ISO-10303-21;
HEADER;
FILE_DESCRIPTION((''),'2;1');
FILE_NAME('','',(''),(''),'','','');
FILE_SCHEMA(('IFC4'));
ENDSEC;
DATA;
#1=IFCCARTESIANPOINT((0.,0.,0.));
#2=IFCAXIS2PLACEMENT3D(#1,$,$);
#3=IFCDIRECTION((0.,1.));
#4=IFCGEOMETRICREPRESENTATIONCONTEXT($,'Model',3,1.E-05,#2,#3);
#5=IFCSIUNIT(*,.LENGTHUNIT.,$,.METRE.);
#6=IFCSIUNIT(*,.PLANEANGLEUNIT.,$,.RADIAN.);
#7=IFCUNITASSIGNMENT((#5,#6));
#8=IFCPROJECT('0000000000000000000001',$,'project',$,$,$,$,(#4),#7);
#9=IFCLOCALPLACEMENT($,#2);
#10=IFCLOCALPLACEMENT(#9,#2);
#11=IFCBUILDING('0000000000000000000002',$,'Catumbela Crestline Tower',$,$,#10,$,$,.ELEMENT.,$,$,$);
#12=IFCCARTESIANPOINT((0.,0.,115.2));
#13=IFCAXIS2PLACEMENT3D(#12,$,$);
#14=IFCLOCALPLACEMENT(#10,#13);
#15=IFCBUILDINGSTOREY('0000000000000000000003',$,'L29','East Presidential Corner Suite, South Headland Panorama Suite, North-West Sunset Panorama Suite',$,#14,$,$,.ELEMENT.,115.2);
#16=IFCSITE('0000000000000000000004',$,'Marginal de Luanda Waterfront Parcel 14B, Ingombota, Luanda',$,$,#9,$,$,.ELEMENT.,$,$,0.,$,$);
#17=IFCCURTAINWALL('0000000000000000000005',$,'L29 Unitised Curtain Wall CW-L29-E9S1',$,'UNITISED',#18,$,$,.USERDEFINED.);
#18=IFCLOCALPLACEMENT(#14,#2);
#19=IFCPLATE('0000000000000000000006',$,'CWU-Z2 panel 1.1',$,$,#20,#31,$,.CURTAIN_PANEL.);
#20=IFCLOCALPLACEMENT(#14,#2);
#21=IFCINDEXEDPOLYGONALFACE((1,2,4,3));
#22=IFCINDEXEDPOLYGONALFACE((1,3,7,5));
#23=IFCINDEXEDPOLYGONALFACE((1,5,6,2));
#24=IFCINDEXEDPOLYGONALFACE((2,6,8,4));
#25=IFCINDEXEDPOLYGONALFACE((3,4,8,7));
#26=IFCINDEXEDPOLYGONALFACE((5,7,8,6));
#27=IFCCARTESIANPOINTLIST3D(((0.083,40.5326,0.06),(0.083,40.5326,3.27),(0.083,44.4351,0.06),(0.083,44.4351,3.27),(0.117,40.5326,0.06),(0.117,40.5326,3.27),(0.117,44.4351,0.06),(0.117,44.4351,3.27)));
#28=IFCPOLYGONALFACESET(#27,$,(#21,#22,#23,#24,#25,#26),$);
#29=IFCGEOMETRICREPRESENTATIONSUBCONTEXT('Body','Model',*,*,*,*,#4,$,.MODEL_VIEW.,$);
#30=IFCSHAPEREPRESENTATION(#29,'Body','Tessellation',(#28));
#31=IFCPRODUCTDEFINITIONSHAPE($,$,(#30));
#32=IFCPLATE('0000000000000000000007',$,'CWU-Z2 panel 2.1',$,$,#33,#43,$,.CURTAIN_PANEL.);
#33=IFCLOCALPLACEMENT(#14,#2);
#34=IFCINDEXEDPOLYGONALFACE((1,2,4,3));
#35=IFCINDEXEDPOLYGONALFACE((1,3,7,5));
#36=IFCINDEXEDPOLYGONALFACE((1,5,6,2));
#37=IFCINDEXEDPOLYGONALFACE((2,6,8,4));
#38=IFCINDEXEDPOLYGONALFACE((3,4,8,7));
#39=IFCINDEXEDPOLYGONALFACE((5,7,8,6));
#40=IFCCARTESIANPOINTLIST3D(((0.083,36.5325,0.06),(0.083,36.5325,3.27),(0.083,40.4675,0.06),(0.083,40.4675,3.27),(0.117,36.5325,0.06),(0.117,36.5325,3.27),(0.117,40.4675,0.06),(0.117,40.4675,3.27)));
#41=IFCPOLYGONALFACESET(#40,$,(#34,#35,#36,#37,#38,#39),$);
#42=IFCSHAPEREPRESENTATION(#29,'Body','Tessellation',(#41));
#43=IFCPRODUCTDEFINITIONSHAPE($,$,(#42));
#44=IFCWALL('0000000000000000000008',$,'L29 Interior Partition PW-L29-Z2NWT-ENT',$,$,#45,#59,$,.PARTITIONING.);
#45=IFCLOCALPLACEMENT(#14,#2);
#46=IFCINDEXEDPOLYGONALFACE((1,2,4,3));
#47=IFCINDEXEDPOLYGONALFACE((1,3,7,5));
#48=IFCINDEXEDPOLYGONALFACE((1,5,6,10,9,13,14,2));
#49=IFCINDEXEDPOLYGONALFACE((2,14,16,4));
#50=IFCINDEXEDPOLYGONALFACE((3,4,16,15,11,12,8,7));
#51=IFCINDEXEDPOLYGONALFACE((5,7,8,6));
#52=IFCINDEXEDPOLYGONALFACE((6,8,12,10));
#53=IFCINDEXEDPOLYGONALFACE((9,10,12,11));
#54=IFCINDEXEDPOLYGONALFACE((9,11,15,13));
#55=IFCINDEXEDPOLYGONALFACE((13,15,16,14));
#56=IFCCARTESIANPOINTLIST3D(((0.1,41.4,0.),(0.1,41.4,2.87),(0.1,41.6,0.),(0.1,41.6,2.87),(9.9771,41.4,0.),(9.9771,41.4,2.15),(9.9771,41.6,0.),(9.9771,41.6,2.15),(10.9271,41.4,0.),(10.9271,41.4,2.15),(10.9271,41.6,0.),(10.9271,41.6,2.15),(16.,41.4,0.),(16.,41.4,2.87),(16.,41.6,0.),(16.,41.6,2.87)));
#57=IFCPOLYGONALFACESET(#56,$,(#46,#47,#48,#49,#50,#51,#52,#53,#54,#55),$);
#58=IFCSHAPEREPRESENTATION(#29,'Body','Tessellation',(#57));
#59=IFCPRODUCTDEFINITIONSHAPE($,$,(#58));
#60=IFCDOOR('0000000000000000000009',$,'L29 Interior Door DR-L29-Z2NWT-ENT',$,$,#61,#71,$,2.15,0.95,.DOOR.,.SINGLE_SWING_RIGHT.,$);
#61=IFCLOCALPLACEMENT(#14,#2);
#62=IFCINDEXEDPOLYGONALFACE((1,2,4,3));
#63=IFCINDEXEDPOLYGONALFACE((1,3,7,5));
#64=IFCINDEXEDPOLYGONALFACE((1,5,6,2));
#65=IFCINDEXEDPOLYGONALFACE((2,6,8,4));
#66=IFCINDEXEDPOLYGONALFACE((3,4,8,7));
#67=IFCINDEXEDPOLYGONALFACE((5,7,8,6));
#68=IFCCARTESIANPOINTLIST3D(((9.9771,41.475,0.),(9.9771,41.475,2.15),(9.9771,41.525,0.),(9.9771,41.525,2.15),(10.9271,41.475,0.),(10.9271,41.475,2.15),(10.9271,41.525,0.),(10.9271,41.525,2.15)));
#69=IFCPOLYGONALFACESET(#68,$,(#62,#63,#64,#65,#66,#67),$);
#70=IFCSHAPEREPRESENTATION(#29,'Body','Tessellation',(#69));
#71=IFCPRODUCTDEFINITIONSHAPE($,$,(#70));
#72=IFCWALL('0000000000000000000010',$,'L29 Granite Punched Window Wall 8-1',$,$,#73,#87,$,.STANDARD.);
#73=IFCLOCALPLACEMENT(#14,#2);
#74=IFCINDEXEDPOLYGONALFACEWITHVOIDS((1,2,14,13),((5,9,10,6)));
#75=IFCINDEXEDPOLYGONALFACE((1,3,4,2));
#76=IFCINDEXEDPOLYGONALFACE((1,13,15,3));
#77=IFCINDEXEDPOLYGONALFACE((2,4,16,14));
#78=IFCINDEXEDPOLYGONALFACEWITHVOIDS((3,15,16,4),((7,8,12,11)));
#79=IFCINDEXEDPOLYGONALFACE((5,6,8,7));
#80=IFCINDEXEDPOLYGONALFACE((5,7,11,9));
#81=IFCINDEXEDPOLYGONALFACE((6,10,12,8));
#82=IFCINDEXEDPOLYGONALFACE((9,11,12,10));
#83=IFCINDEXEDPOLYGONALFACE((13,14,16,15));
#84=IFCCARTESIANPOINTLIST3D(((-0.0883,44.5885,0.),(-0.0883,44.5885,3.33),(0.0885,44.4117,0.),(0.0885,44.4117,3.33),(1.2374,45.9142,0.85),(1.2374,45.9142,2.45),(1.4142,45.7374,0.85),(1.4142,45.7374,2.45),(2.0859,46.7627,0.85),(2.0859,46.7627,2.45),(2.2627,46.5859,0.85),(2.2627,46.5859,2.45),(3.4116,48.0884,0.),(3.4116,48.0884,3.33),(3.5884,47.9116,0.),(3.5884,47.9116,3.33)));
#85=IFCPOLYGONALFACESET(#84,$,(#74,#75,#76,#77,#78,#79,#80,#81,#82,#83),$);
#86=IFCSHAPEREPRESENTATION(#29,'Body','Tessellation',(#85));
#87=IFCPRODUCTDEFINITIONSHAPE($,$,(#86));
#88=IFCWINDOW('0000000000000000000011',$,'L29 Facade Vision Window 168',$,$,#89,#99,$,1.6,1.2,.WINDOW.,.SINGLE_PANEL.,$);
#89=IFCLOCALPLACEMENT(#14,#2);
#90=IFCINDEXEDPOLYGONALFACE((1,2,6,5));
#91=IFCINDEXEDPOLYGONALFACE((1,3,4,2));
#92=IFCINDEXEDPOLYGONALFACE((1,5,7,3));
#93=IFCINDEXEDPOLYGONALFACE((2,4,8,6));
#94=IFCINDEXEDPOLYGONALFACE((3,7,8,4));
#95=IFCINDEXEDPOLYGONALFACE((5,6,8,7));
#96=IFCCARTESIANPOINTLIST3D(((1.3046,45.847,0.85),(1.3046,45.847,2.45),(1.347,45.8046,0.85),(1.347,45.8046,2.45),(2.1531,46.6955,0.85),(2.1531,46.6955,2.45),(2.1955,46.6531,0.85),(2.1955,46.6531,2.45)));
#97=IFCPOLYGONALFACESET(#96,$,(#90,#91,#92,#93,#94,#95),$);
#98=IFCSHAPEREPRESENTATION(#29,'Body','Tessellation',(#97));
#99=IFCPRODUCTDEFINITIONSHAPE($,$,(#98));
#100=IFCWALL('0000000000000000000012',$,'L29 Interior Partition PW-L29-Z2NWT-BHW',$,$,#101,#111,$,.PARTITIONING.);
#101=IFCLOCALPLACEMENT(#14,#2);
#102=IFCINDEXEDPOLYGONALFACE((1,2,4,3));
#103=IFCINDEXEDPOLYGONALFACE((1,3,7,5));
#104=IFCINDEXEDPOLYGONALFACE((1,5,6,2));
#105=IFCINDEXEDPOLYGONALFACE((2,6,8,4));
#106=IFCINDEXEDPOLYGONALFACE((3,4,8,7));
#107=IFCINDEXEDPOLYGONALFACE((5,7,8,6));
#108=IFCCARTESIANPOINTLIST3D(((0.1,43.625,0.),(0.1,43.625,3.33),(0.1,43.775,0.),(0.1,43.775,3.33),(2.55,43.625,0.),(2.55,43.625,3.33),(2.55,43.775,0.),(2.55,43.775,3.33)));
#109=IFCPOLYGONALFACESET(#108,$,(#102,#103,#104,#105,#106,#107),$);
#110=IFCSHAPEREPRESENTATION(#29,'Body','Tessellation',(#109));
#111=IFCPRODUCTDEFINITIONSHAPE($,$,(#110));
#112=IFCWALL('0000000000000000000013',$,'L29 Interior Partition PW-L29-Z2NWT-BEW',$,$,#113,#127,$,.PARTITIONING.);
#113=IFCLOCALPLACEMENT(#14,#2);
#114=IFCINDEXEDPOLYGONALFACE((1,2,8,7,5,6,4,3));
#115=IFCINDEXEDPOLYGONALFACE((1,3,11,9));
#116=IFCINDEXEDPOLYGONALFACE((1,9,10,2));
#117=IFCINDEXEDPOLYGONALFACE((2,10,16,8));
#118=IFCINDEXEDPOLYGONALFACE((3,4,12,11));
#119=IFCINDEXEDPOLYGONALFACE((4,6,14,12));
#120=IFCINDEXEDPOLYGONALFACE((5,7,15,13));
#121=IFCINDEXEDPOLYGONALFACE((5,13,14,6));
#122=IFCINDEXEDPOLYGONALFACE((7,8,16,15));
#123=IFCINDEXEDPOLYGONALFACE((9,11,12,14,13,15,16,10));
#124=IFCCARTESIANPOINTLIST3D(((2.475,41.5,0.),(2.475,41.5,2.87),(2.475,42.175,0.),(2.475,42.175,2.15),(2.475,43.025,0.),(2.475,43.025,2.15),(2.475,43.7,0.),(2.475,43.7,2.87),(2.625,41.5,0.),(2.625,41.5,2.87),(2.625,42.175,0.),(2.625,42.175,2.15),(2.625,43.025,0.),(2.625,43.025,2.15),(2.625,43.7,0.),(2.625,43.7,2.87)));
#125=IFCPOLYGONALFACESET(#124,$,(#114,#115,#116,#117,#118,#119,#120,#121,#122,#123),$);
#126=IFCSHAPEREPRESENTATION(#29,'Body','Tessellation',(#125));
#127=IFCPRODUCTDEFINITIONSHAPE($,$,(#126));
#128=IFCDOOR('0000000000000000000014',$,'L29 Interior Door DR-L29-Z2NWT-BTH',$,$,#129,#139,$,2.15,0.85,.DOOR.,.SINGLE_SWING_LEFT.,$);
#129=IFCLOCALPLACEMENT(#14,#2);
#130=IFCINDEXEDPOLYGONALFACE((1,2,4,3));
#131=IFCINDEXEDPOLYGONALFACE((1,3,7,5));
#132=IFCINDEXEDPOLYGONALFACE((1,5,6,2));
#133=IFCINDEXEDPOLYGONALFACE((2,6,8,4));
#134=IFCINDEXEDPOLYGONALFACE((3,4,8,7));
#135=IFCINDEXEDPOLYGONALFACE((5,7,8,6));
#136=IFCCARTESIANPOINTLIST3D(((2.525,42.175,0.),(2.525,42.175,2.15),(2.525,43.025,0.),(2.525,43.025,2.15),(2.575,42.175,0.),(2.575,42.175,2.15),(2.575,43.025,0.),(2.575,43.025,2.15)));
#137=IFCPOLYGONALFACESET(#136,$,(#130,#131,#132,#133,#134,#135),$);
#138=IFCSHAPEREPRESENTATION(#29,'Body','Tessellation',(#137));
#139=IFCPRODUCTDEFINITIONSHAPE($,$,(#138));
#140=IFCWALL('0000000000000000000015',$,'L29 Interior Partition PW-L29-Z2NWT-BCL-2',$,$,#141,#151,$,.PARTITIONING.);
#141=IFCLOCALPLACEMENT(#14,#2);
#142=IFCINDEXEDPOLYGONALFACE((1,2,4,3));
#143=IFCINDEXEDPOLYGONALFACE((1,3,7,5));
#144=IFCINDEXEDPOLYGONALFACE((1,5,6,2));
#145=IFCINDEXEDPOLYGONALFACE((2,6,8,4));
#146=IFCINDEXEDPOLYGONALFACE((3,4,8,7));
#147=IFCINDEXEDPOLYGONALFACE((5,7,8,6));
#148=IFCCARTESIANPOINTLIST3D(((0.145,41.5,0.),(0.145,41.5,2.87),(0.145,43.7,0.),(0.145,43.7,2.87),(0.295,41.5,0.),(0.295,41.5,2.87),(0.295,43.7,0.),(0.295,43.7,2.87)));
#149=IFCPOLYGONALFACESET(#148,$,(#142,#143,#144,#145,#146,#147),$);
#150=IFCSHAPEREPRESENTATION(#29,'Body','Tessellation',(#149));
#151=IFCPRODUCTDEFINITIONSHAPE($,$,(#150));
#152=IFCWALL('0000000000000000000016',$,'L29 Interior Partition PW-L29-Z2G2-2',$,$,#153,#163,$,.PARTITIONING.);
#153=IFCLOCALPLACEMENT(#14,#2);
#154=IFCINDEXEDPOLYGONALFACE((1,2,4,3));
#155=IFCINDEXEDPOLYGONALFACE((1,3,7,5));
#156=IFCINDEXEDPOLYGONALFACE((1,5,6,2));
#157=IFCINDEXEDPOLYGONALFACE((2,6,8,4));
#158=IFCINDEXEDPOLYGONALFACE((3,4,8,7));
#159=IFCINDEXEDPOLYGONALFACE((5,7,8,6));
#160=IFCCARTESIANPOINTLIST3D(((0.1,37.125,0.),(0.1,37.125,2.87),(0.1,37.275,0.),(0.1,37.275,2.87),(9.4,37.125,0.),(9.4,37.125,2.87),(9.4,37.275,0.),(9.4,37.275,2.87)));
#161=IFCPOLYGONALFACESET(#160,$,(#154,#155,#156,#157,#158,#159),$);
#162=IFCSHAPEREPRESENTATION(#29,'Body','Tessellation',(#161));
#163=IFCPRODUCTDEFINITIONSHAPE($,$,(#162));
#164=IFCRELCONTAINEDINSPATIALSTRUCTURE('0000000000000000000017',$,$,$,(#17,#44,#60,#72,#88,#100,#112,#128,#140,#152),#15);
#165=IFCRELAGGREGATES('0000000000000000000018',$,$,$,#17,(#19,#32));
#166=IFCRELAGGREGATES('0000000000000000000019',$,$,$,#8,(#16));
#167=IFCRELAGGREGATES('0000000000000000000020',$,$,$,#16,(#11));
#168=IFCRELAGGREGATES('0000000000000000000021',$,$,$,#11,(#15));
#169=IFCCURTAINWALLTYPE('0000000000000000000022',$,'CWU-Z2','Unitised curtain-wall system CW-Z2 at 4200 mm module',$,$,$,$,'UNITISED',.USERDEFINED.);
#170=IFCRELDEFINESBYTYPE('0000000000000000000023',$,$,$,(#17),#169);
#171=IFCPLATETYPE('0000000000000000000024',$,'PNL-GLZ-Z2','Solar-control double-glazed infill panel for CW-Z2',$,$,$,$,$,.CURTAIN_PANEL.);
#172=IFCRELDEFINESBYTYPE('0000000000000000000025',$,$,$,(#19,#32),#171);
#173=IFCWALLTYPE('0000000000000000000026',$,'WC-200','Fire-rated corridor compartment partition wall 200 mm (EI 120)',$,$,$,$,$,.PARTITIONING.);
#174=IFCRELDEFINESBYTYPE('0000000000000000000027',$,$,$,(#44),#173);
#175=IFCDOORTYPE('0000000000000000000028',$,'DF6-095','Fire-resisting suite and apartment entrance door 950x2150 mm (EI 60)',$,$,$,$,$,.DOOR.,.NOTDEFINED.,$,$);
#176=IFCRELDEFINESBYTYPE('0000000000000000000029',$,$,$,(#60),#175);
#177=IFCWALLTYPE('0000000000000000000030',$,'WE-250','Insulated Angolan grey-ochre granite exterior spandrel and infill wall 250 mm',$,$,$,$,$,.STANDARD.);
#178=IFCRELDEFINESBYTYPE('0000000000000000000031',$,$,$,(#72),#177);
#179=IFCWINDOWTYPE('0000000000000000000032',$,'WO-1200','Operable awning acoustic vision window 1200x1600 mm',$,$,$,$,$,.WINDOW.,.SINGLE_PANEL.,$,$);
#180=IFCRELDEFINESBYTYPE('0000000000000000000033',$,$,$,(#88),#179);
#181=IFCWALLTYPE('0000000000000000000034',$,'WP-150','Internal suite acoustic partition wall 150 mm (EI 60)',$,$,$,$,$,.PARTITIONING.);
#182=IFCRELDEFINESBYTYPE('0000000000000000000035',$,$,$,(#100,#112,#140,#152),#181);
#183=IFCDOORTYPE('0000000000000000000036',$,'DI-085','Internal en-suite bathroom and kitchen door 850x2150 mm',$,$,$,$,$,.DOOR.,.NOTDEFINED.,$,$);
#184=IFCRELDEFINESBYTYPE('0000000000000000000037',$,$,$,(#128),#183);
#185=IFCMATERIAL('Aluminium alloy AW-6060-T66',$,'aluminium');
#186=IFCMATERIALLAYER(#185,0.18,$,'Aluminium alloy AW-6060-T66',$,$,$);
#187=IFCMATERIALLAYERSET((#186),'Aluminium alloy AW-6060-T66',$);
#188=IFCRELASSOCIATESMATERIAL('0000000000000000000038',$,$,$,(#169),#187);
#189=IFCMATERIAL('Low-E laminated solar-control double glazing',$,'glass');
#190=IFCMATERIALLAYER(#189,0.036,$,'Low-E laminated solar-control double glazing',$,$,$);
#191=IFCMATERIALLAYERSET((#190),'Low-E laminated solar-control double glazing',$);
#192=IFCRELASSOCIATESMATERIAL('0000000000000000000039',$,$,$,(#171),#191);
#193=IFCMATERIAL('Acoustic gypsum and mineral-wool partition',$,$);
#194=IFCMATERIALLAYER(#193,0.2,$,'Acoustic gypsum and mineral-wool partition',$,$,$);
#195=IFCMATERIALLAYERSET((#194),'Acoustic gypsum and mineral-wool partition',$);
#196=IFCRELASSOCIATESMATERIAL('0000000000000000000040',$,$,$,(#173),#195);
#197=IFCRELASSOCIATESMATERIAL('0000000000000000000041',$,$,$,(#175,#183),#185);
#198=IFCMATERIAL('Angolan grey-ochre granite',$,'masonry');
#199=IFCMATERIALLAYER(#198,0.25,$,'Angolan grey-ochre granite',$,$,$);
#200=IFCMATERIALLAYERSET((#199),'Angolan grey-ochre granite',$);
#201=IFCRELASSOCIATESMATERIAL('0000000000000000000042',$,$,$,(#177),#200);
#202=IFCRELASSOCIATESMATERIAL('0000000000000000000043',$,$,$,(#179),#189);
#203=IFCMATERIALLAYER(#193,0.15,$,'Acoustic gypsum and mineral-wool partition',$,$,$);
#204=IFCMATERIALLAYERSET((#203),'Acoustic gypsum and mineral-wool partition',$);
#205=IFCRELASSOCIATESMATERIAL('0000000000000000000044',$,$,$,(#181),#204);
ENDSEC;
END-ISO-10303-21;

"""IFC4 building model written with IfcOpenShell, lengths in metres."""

from ifc_helpers import new_model, si_unit, direction, frame, frame_2d, origin, origin_2d, place, context, subcontext, project, spatial, rectangle, extrude, material, layer, layer_set, type_object, element, fill, aggregate, save


model = new_model("IFC4")

# Units and contexts
model_context = context("Model", 3, precision=1e-05, world=origin(), true_north=direction((0.0, 1.0)))
body_context = subcontext(model_context, "Body", "Model", "MODEL_VIEW")
ifc_project = project(units=[si_unit("LENGTHUNIT", "METRE"), si_unit("PLANEANGLEUNIT", "RADIAN")], contexts=[model_context])

# Site, building, storey
site_placement = place(None, origin())
site = spatial("IfcSite", under=ifc_project, at=site_placement, Name="Marginal de Luanda Waterfront Parcel 14B, Ingombota, Luanda", CompositionType="ELEMENT", RefElevation=0.0)
building_placement = place(site_placement, origin())
building = spatial("IfcBuilding", under=site, at=building_placement, Name="Catumbela Crestline Tower", CompositionType="ELEMENT")
storey_placement = place(building_placement, frame((0.0, 0.0, 115.2)))
storey = spatial("IfcBuildingStorey", under=building, at=storey_placement, Name="L29", Description="East Presidential Corner Suite, South Headland Panorama Suite, North-West Sunset Panorama Suite", CompositionType="ELEMENT", Elevation=115.2)

# Shared definitions
ifc_material_1 = material(Name="Aluminium alloy AW-6060-T66", Category="aluminium")
ifc_layer_1 = layer(ifc_material_1, 0.18, Name="Aluminium alloy AW-6060-T66")
ifc_layer_set_1 = layer_set([ifc_layer_1], Name="Aluminium alloy AW-6060-T66")
curtain_wall_type = type_object("IfcCurtainWallType", Name="CWU-Z2", Description="Unitised curtain-wall system CW-Z2 at 4200 mm module", ElementType="UNITISED", PredefinedType="USERDEFINED", material=ifc_layer_set_1)

# Curtain wall
curtain_wall_1_placement = place(storey_placement, origin())
curtain_wall_1 = element("IfcCurtainWall", 1, at=curtain_wall_1_placement, inside=storey, type_object=curtain_wall_type, Name="L29 Unitised Curtain Wall CW-L29-E9S1", ObjectType="UNITISED", PredefinedType="USERDEFINED")

# Plates
ifc_material_2 = material(Name="Low-E laminated solar-control double glazing", Category="glass")
ifc_layer_2 = layer(ifc_material_2, 0.036, Name="Low-E laminated solar-control double glazing")
ifc_layer_set_2 = layer_set([ifc_layer_2], Name="Low-E laminated solar-control double glazing")
plate_type = type_object("IfcPlateType", Name="PNL-GLZ-Z2", Description="Solar-control double-glazed infill panel for CW-Z2", PredefinedType="CURTAIN_PANEL", material=ifc_layer_set_2)
plate_1_placement = place(storey_placement, frame((0.1, 42.4838, 0.06), z_axis=(0.0, 0.0, 1.0), x_axis=(0.0, -1.0, 0.0)))
plate_1 = element("IfcPlate", 2, at=plate_1_placement, type_object=plate_type, Name="CWU-Z2 panel 1.1", PredefinedType="CURTAIN_PANEL", context=body_context, shape_type="SweptSolid", body=[
    extrude(rectangle(XDim=3.9025, YDim=0.034, at=origin_2d()), origin(), (0.0, 0.0, 1.0), 3.21),
])
plate_2_placement = place(storey_placement, frame((0.1, 38.5, 0.06), z_axis=(0.0, 0.0, 1.0), x_axis=(0.0, -1.0, 0.0)))
plate_2 = element("IfcPlate", 3, at=plate_2_placement, type_object=plate_type, Name="CWU-Z2 panel 2.1", PredefinedType="CURTAIN_PANEL", context=body_context, shape_type="SweptSolid", body=[
    extrude(rectangle(XDim=3.935, YDim=0.034, at=origin_2d()), origin(), (0.0, 0.0, 1.0), 3.21),
])
aggregate(curtain_wall_1, [plate_1, plate_2])

# Wall, opening, door
ifc_material_3 = material(Name="Acoustic gypsum and mineral-wool partition")
ifc_layer_3 = layer(ifc_material_3, 0.2, Name="Acoustic gypsum and mineral-wool partition")
ifc_layer_set_3 = layer_set([ifc_layer_3], Name="Acoustic gypsum and mineral-wool partition")
wall_type_1 = type_object("IfcWallType", Name="WC-200", Description="Fire-rated corridor compartment partition wall 200 mm (EI 120)", PredefinedType="PARTITIONING", material=ifc_layer_set_3)
wall_1_placement = place(storey_placement, frame((0.1, 41.5, 0.0), z_axis=(0.0, 0.0, 1.0), x_axis=(1.0, 0.0, 0.0)))
wall_1 = element("IfcWall", 4, at=wall_1_placement, inside=storey, type_object=wall_type_1, Name="L29 Interior Partition PW-L29-Z2NWT-ENT", PredefinedType="PARTITIONING", context=body_context, shape_type="SweptSolid", body=[
    extrude(rectangle(XDim=15.9, YDim=0.2, at=frame_2d((7.95, 0.0))), origin(), (0.0, 0.0, 1.0), 2.87),
])
opening_1_placement = place(wall_1_placement, frame((9.8771, 0.0, 0.0)))
opening_1 = element("IfcOpeningElement", 5, at=opening_1_placement, cuts=wall_1, PredefinedType="OPENING", context=body_context, shape_type="SweptSolid", body=[
    extrude(rectangle(XDim=0.95, YDim=2.15, at=frame_2d((0.475, 1.075))), frame((0.0, 0.11, 0.0), z_axis=(0.0, -1.0, 0.0), x_axis=(1.0, 0.0, 0.0)), (0.0, 0.0, 1.0), 0.22),
])
door_type_1 = type_object("IfcDoorType", Name="DF6-095", Description="Fire-resisting suite and apartment entrance door 950x2150 mm (EI 60)", OperationType="NOTDEFINED", PredefinedType="DOOR", material=ifc_material_1)
door_1_placement = place(opening_1_placement, origin())
door_1 = element("IfcDoor", 6, at=door_1_placement, inside=storey, type_object=door_type_1, Name="L29 Interior Door DR-L29-Z2NWT-ENT", OperationType="SINGLE_SWING_RIGHT", OverallHeight=2.15, OverallWidth=0.95, PredefinedType="DOOR", context=body_context, shape_type="SweptSolid", body=[
    extrude(rectangle(XDim=0.95, YDim=2.15, at=frame_2d((0.475, 1.075))), frame((0.0, 0.025, 0.0), z_axis=(0.0, -1.0, 0.0), x_axis=(1.0, 0.0, 0.0)), (0.0, 0.0, 1.0), 0.05),
])
fill(opening_1, door_1)

# Wall, opening, window
ifc_material_4 = material(Name="Angolan grey-ochre granite", Category="masonry")
ifc_layer_4 = layer(ifc_material_4, 0.25, Name="Angolan grey-ochre granite")
ifc_layer_set_4 = layer_set([ifc_layer_4], Name="Angolan grey-ochre granite")
wall_type_2 = type_object("IfcWallType", Name="WE-250", Description="Insulated Angolan grey-ochre granite exterior spandrel and infill wall 250 mm", PredefinedType="STANDARD", material=ifc_layer_set_4)
wall_2_placement = place(storey_placement, frame((3.5, 48.0, 0.0), z_axis=(0.0, 0.0, 1.0), x_axis=(-0.707107, -0.707107, 0.0)))
wall_2 = element("IfcWall", 7, at=wall_2_placement, inside=storey, type_object=wall_type_2, Name="L29 Granite Punched Window Wall 8-1", PredefinedType="STANDARD", context=body_context, shape_type="SweptSolid", body=[
    extrude(rectangle(XDim=4.9497, YDim=0.25, at=frame_2d((2.4748, 0.0))), origin(), (0.0, 0.0, 1.0), 3.33),
])
opening_2_placement = place(wall_2_placement, frame((1.8748, 0.0, 0.85)))
opening_2 = element("IfcOpeningElement", 8, at=opening_2_placement, cuts=wall_2, PredefinedType="OPENING", context=body_context, shape_type="SweptSolid", body=[
    extrude(rectangle(XDim=1.2, YDim=1.6, at=frame_2d((0.6, 0.8))), frame((0.0, 0.135, 0.0), z_axis=(0.0, -1.0, 0.0), x_axis=(1.0, 0.0, 0.0)), (0.0, 0.0, 1.0), 0.27),
])
window_type = type_object("IfcWindowType", Name="WO-1200", Description="Operable awning acoustic vision window 1200x1600 mm", PartitioningType="SINGLE_PANEL", PredefinedType="WINDOW", material=ifc_material_2)
window_placement = place(opening_2_placement, origin())
window = element("IfcWindow", 9, at=window_placement, inside=storey, type_object=window_type, Name="L29 Facade Vision Window 168", OverallHeight=1.6, OverallWidth=1.2, PartitioningType="SINGLE_PANEL", PredefinedType="WINDOW", context=body_context, shape_type="SweptSolid", body=[
    extrude(rectangle(XDim=1.2, YDim=1.6, at=frame_2d((0.6, 0.8))), frame((0.0, 0.03, 0.0), z_axis=(0.0, -1.0, 0.0), x_axis=(1.0, 0.0, 0.0)), (0.0, 0.0, 1.0), 0.06),
])
fill(opening_2, window)

# Wall
ifc_layer_5 = layer(ifc_material_3, 0.15, Name="Acoustic gypsum and mineral-wool partition")
ifc_layer_set_5 = layer_set([ifc_layer_5], Name="Acoustic gypsum and mineral-wool partition")
wall_type_3 = type_object("IfcWallType", Name="WP-150", Description="Internal suite acoustic partition wall 150 mm (EI 60)", PredefinedType="PARTITIONING", material=ifc_layer_set_5)
wall_3_placement = place(storey_placement, frame((0.1, 43.7, 0.0), z_axis=(0.0, 0.0, 1.0), x_axis=(1.0, 0.0, 0.0)))
element("IfcWall", 10, at=wall_3_placement, inside=storey, type_object=wall_type_3, Name="L29 Interior Partition PW-L29-Z2NWT-BHW", PredefinedType="PARTITIONING", context=body_context, shape_type="SweptSolid", body=[
    extrude(rectangle(XDim=2.45, YDim=0.15, at=frame_2d((1.225, 0.0))), origin(), (0.0, 0.0, 1.0), 3.33),
])

# Wall, opening, door
wall_4_placement = place(storey_placement, frame((2.55, 41.5, 0.0), z_axis=(0.0, 0.0, 1.0), x_axis=(0.0, 1.0, 0.0)))
wall_4 = element("IfcWall", 11, at=wall_4_placement, inside=storey, type_object=wall_type_3, Name="L29 Interior Partition PW-L29-Z2NWT-BEW", PredefinedType="PARTITIONING", context=body_context, shape_type="SweptSolid", body=[
    extrude(rectangle(XDim=2.2, YDim=0.15, at=frame_2d((1.1, 0.0))), origin(), (0.0, 0.0, 1.0), 2.87),
])
opening_3_placement = place(wall_4_placement, frame((0.675, 0.0, 0.0)))
opening_3 = element("IfcOpeningElement", 12, at=opening_3_placement, cuts=wall_4, PredefinedType="OPENING", context=body_context, shape_type="SweptSolid", body=[
    extrude(rectangle(XDim=0.85, YDim=2.15, at=frame_2d((0.425, 1.075))), frame((0.0, 0.085, 0.0), z_axis=(0.0, -1.0, 0.0), x_axis=(1.0, 0.0, 0.0)), (0.0, 0.0, 1.0), 0.17),
])
door_type_2 = type_object("IfcDoorType", Name="DI-085", Description="Internal en-suite bathroom and kitchen door 850x2150 mm", OperationType="NOTDEFINED", PredefinedType="DOOR", material=ifc_material_1)
door_2_placement = place(opening_3_placement, origin())
door_2 = element("IfcDoor", 13, at=door_2_placement, inside=storey, type_object=door_type_2, Name="L29 Interior Door DR-L29-Z2NWT-BTH", OperationType="SINGLE_SWING_LEFT", OverallHeight=2.15, OverallWidth=0.85, PredefinedType="DOOR", context=body_context, shape_type="SweptSolid", body=[
    extrude(rectangle(XDim=0.85, YDim=2.15, at=frame_2d((0.425, 1.075))), frame((0.0, 0.025, 0.0), z_axis=(0.0, -1.0, 0.0), x_axis=(1.0, 0.0, 0.0)), (0.0, 0.0, 1.0), 0.05),
])
fill(opening_3, door_2)

# Walls
wall_5_placement = place(storey_placement, frame((0.22, 41.5, 0.0), z_axis=(0.0, 0.0, 1.0), x_axis=(0.0, 1.0, 0.0)))
element("IfcWall", 14, at=wall_5_placement, inside=storey, type_object=wall_type_3, Name="L29 Interior Partition PW-L29-Z2NWT-BCL-2", PredefinedType="PARTITIONING", context=body_context, shape_type="SweptSolid", body=[
    extrude(rectangle(XDim=2.2, YDim=0.15, at=frame_2d((1.1, 0.0))), origin(), (0.0, 0.0, 1.0), 2.87),
])
wall_6_placement = place(storey_placement, frame((0.1, 37.2, 0.0), z_axis=(0.0, 0.0, 1.0), x_axis=(1.0, 0.0, 0.0)))
element("IfcWall", 15, at=wall_6_placement, inside=storey, type_object=wall_type_3, Name="L29 Interior Partition PW-L29-Z2G2-2", PredefinedType="PARTITIONING", context=body_context, shape_type="SweptSolid", body=[
    extrude(rectangle(XDim=9.3, YDim=0.15, at=frame_2d((4.65, 0.0))), origin(), (0.0, 0.0, 1.0), 2.87),
])

save(model, "model.ifc")
